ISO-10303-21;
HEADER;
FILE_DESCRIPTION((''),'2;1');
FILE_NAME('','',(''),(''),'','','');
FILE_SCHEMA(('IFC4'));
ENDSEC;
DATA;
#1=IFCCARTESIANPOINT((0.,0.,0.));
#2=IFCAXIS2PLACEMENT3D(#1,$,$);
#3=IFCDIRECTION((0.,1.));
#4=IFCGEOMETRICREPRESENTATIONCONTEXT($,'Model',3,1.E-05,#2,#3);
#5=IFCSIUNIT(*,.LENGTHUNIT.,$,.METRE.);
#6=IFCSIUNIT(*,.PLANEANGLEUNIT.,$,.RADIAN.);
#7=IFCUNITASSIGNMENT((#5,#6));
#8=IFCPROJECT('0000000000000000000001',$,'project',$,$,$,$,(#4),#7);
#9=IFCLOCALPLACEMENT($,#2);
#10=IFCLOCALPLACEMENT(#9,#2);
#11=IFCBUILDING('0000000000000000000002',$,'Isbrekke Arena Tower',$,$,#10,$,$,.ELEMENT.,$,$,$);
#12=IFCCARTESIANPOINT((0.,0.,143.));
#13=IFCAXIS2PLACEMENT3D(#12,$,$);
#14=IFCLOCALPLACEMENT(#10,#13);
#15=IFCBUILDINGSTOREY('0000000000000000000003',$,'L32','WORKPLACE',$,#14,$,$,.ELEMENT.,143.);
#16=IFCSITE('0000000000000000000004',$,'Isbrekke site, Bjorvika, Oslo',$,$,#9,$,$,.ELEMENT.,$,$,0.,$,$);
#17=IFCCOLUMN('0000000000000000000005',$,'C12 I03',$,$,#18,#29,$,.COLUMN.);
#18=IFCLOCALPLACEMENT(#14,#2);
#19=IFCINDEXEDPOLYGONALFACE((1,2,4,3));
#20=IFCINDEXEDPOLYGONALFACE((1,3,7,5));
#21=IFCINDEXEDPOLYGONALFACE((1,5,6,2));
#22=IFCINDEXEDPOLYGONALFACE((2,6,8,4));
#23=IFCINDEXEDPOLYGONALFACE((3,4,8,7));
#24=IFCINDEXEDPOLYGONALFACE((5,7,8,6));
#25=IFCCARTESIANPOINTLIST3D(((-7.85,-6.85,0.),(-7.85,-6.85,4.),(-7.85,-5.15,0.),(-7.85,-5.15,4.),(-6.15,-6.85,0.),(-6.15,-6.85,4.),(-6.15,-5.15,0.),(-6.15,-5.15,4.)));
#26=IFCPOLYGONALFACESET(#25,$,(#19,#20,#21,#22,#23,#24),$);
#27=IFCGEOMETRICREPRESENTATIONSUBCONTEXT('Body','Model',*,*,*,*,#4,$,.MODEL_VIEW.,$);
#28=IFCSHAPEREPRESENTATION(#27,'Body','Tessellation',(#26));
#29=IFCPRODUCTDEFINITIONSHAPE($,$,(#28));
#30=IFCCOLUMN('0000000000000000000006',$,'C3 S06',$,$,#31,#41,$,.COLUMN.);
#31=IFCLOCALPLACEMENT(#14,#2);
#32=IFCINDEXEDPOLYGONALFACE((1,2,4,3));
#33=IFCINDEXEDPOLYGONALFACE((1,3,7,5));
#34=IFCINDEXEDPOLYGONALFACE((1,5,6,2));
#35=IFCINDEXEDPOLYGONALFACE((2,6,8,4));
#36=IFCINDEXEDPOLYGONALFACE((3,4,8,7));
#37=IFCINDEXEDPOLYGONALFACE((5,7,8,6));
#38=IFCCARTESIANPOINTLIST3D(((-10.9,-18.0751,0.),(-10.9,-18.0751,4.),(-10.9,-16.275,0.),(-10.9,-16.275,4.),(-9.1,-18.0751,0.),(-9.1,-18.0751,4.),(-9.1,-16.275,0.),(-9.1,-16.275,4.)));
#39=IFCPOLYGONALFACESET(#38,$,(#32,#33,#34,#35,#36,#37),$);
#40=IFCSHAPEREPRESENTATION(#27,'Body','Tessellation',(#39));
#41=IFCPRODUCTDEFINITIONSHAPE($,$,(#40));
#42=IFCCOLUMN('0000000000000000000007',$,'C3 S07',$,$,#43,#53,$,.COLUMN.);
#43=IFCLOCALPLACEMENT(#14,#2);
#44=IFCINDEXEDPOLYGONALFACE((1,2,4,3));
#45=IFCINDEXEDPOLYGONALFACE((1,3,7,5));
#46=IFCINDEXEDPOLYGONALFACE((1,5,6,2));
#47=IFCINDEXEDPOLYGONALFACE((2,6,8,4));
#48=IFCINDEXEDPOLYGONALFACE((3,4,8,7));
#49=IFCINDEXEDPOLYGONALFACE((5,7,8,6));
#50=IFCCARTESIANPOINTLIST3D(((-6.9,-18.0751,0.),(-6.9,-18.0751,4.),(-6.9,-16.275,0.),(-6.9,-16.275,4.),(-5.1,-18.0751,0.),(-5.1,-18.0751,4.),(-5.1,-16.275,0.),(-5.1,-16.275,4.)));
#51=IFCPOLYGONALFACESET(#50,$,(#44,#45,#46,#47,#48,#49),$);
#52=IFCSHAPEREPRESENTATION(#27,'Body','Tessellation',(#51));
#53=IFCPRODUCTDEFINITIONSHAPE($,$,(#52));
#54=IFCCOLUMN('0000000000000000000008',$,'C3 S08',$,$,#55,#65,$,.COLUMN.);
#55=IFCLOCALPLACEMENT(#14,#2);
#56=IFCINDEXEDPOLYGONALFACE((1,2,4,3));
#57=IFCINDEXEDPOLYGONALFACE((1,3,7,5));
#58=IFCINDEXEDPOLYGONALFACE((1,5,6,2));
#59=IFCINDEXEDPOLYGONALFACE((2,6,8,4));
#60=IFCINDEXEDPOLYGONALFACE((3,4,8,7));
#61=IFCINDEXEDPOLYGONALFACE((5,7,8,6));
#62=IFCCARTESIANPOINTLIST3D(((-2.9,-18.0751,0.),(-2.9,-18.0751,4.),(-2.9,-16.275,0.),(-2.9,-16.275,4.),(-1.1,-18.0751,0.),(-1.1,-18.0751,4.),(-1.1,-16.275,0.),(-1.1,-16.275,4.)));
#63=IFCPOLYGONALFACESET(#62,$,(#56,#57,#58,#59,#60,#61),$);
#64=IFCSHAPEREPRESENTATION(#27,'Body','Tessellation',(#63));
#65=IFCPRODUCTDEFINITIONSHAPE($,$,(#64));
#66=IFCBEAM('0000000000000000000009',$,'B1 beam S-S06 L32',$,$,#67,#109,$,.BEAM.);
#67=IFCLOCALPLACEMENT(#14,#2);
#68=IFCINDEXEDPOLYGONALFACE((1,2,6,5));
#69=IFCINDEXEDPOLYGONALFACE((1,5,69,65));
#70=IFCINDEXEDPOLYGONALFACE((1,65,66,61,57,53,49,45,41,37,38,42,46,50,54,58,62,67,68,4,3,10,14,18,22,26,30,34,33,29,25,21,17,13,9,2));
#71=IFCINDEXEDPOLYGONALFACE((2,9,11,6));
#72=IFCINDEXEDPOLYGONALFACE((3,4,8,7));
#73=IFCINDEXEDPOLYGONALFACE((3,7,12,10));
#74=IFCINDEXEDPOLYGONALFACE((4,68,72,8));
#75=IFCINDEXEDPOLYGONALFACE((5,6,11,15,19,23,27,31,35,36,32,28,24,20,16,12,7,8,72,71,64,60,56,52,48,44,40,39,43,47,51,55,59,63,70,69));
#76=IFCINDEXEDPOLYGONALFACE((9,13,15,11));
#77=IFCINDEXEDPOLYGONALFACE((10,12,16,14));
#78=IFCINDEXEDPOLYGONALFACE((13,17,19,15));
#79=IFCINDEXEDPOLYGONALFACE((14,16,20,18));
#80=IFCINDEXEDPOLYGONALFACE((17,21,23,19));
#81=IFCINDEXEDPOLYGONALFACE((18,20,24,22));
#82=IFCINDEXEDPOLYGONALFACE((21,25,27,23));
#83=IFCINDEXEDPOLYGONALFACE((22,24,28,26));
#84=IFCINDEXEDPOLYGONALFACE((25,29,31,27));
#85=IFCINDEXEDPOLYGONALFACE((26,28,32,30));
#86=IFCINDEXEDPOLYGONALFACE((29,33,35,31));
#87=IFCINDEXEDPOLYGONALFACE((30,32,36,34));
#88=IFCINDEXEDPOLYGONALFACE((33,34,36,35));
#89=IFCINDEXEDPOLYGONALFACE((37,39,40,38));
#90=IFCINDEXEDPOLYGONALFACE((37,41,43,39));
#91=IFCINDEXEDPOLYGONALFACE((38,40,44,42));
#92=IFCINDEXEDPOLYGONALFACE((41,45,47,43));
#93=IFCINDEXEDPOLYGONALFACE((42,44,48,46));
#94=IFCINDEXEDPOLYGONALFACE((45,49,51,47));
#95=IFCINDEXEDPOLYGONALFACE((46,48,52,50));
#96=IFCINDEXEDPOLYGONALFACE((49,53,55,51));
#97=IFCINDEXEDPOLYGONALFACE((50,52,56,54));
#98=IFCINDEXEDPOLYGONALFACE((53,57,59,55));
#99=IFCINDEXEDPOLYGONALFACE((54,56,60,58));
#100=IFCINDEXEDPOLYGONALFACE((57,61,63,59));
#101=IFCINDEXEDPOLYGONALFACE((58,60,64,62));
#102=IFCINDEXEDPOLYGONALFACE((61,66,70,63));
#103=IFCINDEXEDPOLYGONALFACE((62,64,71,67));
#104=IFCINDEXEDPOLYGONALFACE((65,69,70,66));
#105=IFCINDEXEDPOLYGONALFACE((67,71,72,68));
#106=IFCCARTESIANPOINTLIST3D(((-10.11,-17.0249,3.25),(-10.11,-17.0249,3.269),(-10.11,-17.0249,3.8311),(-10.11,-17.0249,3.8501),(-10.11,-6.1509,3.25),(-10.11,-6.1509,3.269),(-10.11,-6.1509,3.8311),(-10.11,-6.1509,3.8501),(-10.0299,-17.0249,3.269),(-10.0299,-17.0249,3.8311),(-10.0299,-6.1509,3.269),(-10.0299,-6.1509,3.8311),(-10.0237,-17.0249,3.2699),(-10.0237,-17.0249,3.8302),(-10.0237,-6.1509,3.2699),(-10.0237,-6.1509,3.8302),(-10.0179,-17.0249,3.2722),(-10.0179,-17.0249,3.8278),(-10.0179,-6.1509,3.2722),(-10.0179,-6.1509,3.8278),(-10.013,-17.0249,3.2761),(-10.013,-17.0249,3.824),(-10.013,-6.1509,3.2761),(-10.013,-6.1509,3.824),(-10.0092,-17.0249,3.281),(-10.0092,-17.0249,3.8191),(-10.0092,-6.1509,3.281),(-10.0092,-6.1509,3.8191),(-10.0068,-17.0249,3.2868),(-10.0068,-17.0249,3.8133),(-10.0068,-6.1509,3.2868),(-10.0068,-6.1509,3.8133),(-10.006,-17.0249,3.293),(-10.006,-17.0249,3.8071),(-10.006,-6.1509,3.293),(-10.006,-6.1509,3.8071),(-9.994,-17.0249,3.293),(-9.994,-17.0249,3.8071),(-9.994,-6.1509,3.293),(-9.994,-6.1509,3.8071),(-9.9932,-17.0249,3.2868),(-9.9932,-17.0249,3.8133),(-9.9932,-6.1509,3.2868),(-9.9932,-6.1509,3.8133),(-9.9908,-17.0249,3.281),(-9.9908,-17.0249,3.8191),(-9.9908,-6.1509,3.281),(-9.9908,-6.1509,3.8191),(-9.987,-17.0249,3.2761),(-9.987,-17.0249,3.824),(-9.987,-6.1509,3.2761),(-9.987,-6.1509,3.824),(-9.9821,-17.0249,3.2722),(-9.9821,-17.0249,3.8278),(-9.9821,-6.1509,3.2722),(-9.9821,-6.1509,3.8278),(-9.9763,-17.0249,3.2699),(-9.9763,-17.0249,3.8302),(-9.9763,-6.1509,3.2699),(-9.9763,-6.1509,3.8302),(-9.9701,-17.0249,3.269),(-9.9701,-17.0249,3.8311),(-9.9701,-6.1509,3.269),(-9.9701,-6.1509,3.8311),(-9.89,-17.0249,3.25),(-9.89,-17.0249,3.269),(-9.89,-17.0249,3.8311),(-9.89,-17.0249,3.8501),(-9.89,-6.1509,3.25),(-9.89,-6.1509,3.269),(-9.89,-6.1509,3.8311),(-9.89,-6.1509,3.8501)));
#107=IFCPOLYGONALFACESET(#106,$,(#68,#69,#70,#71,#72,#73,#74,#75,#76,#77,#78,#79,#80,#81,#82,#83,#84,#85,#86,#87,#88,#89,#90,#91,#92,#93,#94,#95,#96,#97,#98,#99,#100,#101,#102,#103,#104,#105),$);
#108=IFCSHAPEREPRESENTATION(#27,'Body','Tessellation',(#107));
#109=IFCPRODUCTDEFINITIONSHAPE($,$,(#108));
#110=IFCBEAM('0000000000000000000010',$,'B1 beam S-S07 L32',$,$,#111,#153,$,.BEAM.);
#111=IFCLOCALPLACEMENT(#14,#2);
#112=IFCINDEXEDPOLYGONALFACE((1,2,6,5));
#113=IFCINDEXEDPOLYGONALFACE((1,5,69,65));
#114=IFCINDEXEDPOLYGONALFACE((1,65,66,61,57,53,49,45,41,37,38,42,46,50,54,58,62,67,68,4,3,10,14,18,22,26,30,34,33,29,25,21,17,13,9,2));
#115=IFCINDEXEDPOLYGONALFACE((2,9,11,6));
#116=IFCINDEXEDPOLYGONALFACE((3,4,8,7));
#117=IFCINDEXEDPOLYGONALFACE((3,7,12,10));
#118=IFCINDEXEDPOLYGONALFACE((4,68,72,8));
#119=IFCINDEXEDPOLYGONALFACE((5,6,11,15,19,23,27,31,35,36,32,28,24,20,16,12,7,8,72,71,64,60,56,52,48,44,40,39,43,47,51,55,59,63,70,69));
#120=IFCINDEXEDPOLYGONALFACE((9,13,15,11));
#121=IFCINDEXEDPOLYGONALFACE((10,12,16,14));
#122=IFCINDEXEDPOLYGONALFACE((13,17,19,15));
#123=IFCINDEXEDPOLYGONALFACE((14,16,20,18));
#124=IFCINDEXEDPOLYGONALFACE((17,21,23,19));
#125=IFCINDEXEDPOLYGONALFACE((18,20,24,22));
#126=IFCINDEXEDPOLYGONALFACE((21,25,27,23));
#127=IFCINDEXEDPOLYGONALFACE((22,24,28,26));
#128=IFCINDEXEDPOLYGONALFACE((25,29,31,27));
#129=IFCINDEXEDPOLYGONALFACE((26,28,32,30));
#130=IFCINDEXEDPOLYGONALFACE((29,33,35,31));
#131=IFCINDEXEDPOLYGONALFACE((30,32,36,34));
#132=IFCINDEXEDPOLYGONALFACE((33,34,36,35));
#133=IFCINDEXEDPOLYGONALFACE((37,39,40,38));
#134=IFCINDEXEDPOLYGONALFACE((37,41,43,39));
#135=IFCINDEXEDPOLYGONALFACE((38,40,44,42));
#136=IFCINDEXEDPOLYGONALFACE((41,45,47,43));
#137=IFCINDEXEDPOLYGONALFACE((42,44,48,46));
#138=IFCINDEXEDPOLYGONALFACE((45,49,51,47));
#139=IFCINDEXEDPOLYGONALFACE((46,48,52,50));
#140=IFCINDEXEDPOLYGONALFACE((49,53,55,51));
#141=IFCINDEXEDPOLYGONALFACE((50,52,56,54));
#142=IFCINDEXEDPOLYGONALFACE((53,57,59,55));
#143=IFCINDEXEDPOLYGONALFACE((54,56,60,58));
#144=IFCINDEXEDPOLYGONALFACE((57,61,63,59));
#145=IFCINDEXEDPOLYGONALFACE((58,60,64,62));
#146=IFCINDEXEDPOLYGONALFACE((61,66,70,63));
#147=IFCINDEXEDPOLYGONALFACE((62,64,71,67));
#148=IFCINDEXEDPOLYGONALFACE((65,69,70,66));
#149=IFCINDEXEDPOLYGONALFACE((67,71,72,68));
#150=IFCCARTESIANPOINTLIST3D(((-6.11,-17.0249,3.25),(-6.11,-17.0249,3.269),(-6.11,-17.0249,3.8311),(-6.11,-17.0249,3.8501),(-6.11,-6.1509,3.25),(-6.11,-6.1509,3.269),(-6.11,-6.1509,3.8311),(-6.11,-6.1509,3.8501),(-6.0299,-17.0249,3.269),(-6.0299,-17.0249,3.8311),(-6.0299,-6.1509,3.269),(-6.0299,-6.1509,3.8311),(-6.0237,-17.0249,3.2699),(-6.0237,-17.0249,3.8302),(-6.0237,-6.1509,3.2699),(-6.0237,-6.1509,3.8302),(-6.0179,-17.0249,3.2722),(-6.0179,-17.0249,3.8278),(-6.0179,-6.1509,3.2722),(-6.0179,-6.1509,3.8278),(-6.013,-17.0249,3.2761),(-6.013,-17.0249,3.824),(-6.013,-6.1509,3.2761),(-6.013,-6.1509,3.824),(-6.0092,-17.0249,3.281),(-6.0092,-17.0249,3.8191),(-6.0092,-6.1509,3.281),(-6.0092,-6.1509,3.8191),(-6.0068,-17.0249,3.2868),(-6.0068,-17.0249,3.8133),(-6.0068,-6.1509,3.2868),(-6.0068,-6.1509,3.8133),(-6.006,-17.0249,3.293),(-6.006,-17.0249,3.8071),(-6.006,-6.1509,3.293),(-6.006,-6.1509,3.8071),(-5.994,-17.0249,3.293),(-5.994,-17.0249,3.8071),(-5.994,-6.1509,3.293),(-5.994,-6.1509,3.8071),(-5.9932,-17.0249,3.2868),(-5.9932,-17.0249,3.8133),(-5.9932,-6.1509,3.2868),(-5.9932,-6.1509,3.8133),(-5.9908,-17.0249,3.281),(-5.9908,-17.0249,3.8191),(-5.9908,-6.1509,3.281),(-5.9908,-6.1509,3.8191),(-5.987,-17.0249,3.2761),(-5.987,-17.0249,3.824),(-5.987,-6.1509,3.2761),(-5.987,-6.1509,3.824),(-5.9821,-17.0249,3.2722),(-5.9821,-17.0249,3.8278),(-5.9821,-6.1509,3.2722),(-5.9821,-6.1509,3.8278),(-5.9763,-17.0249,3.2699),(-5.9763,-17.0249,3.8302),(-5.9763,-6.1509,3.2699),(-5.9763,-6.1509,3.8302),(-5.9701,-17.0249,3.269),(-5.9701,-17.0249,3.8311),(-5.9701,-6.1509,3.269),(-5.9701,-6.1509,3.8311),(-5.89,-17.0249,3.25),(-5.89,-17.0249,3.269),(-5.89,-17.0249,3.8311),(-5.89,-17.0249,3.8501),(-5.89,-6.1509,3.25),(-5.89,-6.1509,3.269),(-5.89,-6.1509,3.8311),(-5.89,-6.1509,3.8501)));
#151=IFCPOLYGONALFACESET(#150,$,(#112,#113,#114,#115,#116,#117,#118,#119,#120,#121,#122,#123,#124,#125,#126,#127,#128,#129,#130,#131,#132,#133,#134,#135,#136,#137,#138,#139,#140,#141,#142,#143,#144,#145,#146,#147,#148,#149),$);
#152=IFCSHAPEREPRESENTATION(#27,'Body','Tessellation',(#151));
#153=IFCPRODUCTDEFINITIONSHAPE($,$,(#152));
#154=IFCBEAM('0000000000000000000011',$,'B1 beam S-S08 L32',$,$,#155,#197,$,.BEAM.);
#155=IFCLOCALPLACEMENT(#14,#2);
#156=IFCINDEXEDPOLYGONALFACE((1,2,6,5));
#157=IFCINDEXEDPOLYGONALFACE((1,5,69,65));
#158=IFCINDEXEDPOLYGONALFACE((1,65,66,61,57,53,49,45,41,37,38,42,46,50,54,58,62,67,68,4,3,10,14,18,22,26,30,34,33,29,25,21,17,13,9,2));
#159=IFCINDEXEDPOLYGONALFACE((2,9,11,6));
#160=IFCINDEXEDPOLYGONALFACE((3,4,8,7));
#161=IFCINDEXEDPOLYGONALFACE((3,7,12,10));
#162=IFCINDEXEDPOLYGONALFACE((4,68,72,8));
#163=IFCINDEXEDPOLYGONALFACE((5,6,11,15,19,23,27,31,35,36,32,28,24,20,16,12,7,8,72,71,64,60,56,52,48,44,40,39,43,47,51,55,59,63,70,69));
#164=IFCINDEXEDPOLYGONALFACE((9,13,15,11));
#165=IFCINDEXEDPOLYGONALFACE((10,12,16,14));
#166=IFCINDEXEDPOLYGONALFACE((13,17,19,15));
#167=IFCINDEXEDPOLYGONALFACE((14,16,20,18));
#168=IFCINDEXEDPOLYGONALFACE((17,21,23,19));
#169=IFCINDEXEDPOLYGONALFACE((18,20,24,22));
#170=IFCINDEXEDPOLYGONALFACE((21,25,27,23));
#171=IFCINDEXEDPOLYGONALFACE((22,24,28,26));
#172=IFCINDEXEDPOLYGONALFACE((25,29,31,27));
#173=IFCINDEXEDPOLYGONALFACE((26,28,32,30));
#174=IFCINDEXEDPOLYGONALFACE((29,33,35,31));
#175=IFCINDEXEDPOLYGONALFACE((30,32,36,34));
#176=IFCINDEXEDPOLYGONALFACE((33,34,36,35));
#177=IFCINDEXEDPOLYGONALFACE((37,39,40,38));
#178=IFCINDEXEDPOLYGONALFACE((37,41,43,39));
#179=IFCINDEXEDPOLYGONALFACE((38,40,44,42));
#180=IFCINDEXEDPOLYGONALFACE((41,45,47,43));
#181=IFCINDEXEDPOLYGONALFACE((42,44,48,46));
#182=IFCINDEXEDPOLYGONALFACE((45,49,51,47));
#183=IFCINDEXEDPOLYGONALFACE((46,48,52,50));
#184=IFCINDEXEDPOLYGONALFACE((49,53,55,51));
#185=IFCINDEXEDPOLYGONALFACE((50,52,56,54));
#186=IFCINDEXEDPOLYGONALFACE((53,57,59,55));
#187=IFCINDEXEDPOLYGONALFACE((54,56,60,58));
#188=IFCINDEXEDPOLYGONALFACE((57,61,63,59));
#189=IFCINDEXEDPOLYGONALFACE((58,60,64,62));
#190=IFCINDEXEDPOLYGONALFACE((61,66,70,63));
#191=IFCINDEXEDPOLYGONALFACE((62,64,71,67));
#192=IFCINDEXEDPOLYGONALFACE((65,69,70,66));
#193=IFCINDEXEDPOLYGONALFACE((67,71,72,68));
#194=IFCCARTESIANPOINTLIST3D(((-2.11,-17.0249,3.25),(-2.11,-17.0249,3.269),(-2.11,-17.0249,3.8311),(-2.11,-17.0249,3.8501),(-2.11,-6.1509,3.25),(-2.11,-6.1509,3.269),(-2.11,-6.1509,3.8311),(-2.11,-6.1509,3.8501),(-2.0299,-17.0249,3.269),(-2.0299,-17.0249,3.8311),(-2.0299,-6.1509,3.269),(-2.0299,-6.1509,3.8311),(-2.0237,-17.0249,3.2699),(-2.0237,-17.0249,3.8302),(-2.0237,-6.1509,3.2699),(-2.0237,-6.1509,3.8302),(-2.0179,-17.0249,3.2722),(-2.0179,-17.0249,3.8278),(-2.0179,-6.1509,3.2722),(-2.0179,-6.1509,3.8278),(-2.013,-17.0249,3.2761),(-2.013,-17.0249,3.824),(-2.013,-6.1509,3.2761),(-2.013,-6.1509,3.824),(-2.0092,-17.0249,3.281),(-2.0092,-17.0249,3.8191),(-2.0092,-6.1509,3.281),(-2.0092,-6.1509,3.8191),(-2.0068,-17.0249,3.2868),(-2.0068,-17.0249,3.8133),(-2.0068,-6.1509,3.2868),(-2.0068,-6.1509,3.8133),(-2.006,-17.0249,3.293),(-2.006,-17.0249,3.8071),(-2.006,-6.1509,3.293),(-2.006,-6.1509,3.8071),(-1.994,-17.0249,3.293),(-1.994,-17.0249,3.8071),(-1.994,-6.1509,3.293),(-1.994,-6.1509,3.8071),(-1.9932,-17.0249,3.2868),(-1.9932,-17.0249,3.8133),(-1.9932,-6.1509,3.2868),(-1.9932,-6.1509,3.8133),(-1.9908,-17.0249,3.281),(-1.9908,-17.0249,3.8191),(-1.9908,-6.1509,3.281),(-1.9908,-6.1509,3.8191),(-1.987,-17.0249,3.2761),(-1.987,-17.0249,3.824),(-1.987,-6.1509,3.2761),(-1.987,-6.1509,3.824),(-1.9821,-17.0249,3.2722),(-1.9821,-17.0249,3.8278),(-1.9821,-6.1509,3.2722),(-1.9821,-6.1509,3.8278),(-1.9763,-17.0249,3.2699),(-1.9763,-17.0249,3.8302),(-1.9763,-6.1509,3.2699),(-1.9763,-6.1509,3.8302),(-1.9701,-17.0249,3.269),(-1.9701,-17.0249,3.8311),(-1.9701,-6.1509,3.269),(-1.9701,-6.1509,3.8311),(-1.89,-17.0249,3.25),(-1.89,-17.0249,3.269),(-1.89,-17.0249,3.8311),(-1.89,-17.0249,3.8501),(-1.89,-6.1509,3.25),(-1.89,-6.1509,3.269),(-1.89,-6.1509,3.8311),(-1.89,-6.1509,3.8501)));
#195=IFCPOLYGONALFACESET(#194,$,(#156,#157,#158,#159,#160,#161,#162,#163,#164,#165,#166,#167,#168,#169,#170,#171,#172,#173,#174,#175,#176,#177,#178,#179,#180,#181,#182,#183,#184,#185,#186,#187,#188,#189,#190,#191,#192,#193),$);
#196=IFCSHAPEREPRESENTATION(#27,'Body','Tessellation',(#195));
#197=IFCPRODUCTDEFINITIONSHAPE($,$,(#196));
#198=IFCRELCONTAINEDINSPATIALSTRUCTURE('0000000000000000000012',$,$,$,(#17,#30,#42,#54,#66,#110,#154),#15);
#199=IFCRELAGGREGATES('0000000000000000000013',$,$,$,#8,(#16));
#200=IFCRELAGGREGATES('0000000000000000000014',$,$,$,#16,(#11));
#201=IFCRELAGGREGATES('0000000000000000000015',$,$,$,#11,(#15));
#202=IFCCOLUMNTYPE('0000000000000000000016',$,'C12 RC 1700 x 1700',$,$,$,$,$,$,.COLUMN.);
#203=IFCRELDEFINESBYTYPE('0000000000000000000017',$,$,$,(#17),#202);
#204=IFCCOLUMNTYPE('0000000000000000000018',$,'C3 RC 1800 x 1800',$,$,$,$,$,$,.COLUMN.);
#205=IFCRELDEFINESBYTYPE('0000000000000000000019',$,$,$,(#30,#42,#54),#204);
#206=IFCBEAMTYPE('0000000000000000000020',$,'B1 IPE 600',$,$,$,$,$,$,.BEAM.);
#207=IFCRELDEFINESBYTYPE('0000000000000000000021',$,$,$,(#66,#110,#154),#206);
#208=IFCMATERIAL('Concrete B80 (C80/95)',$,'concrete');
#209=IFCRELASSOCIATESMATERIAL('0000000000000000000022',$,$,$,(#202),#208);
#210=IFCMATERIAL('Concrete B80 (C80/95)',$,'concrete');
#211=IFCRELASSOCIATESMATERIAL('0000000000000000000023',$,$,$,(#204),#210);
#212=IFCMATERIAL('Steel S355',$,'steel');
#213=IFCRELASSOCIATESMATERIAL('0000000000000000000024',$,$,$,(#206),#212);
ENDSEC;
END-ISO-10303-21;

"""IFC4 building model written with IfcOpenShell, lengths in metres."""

from ifc_helpers import new_model, si_unit, direction, frame, origin, origin_2d, place, context, subcontext, project, spatial, rectangle, i_section, extrude, material, material_profile, profile_set, type_object, element, save


model = new_model("IFC4")

# Units and contexts
model_context = context("Model", 3, precision=1e-05, world=origin(), true_north=direction((0.0, 1.0)))
body_context = subcontext(model_context, "Body", "Model", "MODEL_VIEW")
ifc_project = project(units=[si_unit("LENGTHUNIT", "METRE"), si_unit("PLANEANGLEUNIT", "RADIAN")], contexts=[model_context])

# Site, building, storey
site_placement = place(None, origin())
site = spatial("IfcSite", under=ifc_project, at=site_placement, Name="Isbrekke site, Bjorvika, Oslo", CompositionType="ELEMENT", RefElevation=0.0)
building_placement = place(site_placement, origin())
building = spatial("IfcBuilding", under=site, at=building_placement, Name="Isbrekke Arena Tower", CompositionType="ELEMENT")
storey_placement = place(building_placement, frame((0.0, 0.0, 143.0)))
storey = spatial("IfcBuildingStorey", under=building, at=storey_placement, Name="L32", Description="WORKPLACE", CompositionType="ELEMENT", Elevation=143.0)

# Columns
ifc_material_1 = material(Name="Concrete B80 (C80/95)", Category="concrete")
ifc_material_profile_1 = material_profile(ifc_material_1, rectangle(XDim=1.7, YDim=1.7, at=origin_2d()), Name="RC 1700x1700")
ifc_profile_set_1 = profile_set([ifc_material_profile_1], Name="Concrete B80 (C80/95)")
column_type_1 = type_object("IfcColumnType", Name="C12 RC 1700 x 1700", PredefinedType="COLUMN", material=ifc_profile_set_1)
column_placement = place(storey_placement, frame((-7.0, -6.0, 0.0), z_axis=(0.0, 0.0, 1.0), x_axis=(1.0, 0.0, 0.0)))
element("IfcColumn", 1, at=column_placement, inside=storey, type_object=column_type_1, Name="C12 I03", PredefinedType="COLUMN", context=body_context, shape_type="SweptSolid", body=[
    extrude(rectangle(XDim=1.7, YDim=1.7, at=origin_2d()), origin(), (0.0, 0.0, 1.0), 4.0),
])
ifc_material_2 = material(Name="Concrete B80 (C80/95)", Category="concrete")
ifc_material_profile_2 = material_profile(ifc_material_2, rectangle(XDim=1.8, YDim=1.8, at=origin_2d()), Name="RC 1800x1800")
ifc_profile_set_2 = profile_set([ifc_material_profile_2], Name="Concrete B80 (C80/95)")
column_type_2 = type_object("IfcColumnType", Name="C3 RC 1800 x 1800", PredefinedType="COLUMN", material=ifc_profile_set_2)
for number, where, z_axis, x_axis, name in (
    (2, (-10.0, -17.175, 0.0), (0.0, 0.0, 1.0), (1.0, 0.0, 0.0), "C3 S06"),
    (3, (-6.0, -17.175, 0.0), (0.0, 0.0, 1.0), (1.0, 0.0, 0.0), "C3 S07"),
    (4, (-2.0, -17.175, 0.0), (0.0, 0.0, 1.0), (1.0, 0.0, 0.0), "C3 S08"),
):
    element("IfcColumn", number, at=place(storey_placement, frame(where, z_axis=z_axis, x_axis=x_axis)), inside=storey, type_object=column_type_2, Name=name, PredefinedType="COLUMN", context=body_context, shape_type="SweptSolid", body=[
        extrude(rectangle(XDim=1.8, YDim=1.8, at=origin_2d()), origin(), (0.0, 0.0, 1.0), 4.0),
    ])

# Beams
ifc_material_3 = material(Name="Steel S355", Category="steel")
ifc_material_profile_3 = material_profile(ifc_material_3, i_section(OverallWidth=0.22, OverallDepth=0.6001, WebThickness=0.012, FlangeThickness=0.019, FilletRadius=0.0239, at=origin_2d()), Name="IPE 600")
ifc_profile_set_3 = profile_set([ifc_material_profile_3], Name="Steel S355")
beam_type_1 = type_object("IfcBeamType", Name="B1 IPE 600", PredefinedType="BEAM", material=ifc_profile_set_3)
for number, where, z_axis, x_axis, name in (
    (5, (-10.0, -17.0249, 3.55), (0.0, 1.0, 0.0), (-1.0, 0.0, 0.0), "B1 beam S-S06 L32"),
    (6, (-6.0, -17.0249, 3.55), (0.0, 1.0, 0.0), (-1.0, 0.0, 0.0), "B1 beam S-S07 L32"),
    (7, (-2.0, -17.0249, 3.55), (0.0, 1.0, 0.0), (-1.0, 0.0, 0.0), "B1 beam S-S08 L32"),
):
    element("IfcBeam", number, at=place(storey_placement, frame(where, z_axis=z_axis, x_axis=x_axis)), inside=storey, type_object=beam_type_1, Name=name, PredefinedType="BEAM", context=body_context, shape_type="SweptSolid", body=[
        extrude(i_section(OverallWidth=0.22, OverallDepth=0.6001, WebThickness=0.012, FlangeThickness=0.019, FilletRadius=0.0239, at=origin_2d()), origin(), (0.0, 0.0, 1.0), 10.874),
    ])

save(model, "model.ifc")
